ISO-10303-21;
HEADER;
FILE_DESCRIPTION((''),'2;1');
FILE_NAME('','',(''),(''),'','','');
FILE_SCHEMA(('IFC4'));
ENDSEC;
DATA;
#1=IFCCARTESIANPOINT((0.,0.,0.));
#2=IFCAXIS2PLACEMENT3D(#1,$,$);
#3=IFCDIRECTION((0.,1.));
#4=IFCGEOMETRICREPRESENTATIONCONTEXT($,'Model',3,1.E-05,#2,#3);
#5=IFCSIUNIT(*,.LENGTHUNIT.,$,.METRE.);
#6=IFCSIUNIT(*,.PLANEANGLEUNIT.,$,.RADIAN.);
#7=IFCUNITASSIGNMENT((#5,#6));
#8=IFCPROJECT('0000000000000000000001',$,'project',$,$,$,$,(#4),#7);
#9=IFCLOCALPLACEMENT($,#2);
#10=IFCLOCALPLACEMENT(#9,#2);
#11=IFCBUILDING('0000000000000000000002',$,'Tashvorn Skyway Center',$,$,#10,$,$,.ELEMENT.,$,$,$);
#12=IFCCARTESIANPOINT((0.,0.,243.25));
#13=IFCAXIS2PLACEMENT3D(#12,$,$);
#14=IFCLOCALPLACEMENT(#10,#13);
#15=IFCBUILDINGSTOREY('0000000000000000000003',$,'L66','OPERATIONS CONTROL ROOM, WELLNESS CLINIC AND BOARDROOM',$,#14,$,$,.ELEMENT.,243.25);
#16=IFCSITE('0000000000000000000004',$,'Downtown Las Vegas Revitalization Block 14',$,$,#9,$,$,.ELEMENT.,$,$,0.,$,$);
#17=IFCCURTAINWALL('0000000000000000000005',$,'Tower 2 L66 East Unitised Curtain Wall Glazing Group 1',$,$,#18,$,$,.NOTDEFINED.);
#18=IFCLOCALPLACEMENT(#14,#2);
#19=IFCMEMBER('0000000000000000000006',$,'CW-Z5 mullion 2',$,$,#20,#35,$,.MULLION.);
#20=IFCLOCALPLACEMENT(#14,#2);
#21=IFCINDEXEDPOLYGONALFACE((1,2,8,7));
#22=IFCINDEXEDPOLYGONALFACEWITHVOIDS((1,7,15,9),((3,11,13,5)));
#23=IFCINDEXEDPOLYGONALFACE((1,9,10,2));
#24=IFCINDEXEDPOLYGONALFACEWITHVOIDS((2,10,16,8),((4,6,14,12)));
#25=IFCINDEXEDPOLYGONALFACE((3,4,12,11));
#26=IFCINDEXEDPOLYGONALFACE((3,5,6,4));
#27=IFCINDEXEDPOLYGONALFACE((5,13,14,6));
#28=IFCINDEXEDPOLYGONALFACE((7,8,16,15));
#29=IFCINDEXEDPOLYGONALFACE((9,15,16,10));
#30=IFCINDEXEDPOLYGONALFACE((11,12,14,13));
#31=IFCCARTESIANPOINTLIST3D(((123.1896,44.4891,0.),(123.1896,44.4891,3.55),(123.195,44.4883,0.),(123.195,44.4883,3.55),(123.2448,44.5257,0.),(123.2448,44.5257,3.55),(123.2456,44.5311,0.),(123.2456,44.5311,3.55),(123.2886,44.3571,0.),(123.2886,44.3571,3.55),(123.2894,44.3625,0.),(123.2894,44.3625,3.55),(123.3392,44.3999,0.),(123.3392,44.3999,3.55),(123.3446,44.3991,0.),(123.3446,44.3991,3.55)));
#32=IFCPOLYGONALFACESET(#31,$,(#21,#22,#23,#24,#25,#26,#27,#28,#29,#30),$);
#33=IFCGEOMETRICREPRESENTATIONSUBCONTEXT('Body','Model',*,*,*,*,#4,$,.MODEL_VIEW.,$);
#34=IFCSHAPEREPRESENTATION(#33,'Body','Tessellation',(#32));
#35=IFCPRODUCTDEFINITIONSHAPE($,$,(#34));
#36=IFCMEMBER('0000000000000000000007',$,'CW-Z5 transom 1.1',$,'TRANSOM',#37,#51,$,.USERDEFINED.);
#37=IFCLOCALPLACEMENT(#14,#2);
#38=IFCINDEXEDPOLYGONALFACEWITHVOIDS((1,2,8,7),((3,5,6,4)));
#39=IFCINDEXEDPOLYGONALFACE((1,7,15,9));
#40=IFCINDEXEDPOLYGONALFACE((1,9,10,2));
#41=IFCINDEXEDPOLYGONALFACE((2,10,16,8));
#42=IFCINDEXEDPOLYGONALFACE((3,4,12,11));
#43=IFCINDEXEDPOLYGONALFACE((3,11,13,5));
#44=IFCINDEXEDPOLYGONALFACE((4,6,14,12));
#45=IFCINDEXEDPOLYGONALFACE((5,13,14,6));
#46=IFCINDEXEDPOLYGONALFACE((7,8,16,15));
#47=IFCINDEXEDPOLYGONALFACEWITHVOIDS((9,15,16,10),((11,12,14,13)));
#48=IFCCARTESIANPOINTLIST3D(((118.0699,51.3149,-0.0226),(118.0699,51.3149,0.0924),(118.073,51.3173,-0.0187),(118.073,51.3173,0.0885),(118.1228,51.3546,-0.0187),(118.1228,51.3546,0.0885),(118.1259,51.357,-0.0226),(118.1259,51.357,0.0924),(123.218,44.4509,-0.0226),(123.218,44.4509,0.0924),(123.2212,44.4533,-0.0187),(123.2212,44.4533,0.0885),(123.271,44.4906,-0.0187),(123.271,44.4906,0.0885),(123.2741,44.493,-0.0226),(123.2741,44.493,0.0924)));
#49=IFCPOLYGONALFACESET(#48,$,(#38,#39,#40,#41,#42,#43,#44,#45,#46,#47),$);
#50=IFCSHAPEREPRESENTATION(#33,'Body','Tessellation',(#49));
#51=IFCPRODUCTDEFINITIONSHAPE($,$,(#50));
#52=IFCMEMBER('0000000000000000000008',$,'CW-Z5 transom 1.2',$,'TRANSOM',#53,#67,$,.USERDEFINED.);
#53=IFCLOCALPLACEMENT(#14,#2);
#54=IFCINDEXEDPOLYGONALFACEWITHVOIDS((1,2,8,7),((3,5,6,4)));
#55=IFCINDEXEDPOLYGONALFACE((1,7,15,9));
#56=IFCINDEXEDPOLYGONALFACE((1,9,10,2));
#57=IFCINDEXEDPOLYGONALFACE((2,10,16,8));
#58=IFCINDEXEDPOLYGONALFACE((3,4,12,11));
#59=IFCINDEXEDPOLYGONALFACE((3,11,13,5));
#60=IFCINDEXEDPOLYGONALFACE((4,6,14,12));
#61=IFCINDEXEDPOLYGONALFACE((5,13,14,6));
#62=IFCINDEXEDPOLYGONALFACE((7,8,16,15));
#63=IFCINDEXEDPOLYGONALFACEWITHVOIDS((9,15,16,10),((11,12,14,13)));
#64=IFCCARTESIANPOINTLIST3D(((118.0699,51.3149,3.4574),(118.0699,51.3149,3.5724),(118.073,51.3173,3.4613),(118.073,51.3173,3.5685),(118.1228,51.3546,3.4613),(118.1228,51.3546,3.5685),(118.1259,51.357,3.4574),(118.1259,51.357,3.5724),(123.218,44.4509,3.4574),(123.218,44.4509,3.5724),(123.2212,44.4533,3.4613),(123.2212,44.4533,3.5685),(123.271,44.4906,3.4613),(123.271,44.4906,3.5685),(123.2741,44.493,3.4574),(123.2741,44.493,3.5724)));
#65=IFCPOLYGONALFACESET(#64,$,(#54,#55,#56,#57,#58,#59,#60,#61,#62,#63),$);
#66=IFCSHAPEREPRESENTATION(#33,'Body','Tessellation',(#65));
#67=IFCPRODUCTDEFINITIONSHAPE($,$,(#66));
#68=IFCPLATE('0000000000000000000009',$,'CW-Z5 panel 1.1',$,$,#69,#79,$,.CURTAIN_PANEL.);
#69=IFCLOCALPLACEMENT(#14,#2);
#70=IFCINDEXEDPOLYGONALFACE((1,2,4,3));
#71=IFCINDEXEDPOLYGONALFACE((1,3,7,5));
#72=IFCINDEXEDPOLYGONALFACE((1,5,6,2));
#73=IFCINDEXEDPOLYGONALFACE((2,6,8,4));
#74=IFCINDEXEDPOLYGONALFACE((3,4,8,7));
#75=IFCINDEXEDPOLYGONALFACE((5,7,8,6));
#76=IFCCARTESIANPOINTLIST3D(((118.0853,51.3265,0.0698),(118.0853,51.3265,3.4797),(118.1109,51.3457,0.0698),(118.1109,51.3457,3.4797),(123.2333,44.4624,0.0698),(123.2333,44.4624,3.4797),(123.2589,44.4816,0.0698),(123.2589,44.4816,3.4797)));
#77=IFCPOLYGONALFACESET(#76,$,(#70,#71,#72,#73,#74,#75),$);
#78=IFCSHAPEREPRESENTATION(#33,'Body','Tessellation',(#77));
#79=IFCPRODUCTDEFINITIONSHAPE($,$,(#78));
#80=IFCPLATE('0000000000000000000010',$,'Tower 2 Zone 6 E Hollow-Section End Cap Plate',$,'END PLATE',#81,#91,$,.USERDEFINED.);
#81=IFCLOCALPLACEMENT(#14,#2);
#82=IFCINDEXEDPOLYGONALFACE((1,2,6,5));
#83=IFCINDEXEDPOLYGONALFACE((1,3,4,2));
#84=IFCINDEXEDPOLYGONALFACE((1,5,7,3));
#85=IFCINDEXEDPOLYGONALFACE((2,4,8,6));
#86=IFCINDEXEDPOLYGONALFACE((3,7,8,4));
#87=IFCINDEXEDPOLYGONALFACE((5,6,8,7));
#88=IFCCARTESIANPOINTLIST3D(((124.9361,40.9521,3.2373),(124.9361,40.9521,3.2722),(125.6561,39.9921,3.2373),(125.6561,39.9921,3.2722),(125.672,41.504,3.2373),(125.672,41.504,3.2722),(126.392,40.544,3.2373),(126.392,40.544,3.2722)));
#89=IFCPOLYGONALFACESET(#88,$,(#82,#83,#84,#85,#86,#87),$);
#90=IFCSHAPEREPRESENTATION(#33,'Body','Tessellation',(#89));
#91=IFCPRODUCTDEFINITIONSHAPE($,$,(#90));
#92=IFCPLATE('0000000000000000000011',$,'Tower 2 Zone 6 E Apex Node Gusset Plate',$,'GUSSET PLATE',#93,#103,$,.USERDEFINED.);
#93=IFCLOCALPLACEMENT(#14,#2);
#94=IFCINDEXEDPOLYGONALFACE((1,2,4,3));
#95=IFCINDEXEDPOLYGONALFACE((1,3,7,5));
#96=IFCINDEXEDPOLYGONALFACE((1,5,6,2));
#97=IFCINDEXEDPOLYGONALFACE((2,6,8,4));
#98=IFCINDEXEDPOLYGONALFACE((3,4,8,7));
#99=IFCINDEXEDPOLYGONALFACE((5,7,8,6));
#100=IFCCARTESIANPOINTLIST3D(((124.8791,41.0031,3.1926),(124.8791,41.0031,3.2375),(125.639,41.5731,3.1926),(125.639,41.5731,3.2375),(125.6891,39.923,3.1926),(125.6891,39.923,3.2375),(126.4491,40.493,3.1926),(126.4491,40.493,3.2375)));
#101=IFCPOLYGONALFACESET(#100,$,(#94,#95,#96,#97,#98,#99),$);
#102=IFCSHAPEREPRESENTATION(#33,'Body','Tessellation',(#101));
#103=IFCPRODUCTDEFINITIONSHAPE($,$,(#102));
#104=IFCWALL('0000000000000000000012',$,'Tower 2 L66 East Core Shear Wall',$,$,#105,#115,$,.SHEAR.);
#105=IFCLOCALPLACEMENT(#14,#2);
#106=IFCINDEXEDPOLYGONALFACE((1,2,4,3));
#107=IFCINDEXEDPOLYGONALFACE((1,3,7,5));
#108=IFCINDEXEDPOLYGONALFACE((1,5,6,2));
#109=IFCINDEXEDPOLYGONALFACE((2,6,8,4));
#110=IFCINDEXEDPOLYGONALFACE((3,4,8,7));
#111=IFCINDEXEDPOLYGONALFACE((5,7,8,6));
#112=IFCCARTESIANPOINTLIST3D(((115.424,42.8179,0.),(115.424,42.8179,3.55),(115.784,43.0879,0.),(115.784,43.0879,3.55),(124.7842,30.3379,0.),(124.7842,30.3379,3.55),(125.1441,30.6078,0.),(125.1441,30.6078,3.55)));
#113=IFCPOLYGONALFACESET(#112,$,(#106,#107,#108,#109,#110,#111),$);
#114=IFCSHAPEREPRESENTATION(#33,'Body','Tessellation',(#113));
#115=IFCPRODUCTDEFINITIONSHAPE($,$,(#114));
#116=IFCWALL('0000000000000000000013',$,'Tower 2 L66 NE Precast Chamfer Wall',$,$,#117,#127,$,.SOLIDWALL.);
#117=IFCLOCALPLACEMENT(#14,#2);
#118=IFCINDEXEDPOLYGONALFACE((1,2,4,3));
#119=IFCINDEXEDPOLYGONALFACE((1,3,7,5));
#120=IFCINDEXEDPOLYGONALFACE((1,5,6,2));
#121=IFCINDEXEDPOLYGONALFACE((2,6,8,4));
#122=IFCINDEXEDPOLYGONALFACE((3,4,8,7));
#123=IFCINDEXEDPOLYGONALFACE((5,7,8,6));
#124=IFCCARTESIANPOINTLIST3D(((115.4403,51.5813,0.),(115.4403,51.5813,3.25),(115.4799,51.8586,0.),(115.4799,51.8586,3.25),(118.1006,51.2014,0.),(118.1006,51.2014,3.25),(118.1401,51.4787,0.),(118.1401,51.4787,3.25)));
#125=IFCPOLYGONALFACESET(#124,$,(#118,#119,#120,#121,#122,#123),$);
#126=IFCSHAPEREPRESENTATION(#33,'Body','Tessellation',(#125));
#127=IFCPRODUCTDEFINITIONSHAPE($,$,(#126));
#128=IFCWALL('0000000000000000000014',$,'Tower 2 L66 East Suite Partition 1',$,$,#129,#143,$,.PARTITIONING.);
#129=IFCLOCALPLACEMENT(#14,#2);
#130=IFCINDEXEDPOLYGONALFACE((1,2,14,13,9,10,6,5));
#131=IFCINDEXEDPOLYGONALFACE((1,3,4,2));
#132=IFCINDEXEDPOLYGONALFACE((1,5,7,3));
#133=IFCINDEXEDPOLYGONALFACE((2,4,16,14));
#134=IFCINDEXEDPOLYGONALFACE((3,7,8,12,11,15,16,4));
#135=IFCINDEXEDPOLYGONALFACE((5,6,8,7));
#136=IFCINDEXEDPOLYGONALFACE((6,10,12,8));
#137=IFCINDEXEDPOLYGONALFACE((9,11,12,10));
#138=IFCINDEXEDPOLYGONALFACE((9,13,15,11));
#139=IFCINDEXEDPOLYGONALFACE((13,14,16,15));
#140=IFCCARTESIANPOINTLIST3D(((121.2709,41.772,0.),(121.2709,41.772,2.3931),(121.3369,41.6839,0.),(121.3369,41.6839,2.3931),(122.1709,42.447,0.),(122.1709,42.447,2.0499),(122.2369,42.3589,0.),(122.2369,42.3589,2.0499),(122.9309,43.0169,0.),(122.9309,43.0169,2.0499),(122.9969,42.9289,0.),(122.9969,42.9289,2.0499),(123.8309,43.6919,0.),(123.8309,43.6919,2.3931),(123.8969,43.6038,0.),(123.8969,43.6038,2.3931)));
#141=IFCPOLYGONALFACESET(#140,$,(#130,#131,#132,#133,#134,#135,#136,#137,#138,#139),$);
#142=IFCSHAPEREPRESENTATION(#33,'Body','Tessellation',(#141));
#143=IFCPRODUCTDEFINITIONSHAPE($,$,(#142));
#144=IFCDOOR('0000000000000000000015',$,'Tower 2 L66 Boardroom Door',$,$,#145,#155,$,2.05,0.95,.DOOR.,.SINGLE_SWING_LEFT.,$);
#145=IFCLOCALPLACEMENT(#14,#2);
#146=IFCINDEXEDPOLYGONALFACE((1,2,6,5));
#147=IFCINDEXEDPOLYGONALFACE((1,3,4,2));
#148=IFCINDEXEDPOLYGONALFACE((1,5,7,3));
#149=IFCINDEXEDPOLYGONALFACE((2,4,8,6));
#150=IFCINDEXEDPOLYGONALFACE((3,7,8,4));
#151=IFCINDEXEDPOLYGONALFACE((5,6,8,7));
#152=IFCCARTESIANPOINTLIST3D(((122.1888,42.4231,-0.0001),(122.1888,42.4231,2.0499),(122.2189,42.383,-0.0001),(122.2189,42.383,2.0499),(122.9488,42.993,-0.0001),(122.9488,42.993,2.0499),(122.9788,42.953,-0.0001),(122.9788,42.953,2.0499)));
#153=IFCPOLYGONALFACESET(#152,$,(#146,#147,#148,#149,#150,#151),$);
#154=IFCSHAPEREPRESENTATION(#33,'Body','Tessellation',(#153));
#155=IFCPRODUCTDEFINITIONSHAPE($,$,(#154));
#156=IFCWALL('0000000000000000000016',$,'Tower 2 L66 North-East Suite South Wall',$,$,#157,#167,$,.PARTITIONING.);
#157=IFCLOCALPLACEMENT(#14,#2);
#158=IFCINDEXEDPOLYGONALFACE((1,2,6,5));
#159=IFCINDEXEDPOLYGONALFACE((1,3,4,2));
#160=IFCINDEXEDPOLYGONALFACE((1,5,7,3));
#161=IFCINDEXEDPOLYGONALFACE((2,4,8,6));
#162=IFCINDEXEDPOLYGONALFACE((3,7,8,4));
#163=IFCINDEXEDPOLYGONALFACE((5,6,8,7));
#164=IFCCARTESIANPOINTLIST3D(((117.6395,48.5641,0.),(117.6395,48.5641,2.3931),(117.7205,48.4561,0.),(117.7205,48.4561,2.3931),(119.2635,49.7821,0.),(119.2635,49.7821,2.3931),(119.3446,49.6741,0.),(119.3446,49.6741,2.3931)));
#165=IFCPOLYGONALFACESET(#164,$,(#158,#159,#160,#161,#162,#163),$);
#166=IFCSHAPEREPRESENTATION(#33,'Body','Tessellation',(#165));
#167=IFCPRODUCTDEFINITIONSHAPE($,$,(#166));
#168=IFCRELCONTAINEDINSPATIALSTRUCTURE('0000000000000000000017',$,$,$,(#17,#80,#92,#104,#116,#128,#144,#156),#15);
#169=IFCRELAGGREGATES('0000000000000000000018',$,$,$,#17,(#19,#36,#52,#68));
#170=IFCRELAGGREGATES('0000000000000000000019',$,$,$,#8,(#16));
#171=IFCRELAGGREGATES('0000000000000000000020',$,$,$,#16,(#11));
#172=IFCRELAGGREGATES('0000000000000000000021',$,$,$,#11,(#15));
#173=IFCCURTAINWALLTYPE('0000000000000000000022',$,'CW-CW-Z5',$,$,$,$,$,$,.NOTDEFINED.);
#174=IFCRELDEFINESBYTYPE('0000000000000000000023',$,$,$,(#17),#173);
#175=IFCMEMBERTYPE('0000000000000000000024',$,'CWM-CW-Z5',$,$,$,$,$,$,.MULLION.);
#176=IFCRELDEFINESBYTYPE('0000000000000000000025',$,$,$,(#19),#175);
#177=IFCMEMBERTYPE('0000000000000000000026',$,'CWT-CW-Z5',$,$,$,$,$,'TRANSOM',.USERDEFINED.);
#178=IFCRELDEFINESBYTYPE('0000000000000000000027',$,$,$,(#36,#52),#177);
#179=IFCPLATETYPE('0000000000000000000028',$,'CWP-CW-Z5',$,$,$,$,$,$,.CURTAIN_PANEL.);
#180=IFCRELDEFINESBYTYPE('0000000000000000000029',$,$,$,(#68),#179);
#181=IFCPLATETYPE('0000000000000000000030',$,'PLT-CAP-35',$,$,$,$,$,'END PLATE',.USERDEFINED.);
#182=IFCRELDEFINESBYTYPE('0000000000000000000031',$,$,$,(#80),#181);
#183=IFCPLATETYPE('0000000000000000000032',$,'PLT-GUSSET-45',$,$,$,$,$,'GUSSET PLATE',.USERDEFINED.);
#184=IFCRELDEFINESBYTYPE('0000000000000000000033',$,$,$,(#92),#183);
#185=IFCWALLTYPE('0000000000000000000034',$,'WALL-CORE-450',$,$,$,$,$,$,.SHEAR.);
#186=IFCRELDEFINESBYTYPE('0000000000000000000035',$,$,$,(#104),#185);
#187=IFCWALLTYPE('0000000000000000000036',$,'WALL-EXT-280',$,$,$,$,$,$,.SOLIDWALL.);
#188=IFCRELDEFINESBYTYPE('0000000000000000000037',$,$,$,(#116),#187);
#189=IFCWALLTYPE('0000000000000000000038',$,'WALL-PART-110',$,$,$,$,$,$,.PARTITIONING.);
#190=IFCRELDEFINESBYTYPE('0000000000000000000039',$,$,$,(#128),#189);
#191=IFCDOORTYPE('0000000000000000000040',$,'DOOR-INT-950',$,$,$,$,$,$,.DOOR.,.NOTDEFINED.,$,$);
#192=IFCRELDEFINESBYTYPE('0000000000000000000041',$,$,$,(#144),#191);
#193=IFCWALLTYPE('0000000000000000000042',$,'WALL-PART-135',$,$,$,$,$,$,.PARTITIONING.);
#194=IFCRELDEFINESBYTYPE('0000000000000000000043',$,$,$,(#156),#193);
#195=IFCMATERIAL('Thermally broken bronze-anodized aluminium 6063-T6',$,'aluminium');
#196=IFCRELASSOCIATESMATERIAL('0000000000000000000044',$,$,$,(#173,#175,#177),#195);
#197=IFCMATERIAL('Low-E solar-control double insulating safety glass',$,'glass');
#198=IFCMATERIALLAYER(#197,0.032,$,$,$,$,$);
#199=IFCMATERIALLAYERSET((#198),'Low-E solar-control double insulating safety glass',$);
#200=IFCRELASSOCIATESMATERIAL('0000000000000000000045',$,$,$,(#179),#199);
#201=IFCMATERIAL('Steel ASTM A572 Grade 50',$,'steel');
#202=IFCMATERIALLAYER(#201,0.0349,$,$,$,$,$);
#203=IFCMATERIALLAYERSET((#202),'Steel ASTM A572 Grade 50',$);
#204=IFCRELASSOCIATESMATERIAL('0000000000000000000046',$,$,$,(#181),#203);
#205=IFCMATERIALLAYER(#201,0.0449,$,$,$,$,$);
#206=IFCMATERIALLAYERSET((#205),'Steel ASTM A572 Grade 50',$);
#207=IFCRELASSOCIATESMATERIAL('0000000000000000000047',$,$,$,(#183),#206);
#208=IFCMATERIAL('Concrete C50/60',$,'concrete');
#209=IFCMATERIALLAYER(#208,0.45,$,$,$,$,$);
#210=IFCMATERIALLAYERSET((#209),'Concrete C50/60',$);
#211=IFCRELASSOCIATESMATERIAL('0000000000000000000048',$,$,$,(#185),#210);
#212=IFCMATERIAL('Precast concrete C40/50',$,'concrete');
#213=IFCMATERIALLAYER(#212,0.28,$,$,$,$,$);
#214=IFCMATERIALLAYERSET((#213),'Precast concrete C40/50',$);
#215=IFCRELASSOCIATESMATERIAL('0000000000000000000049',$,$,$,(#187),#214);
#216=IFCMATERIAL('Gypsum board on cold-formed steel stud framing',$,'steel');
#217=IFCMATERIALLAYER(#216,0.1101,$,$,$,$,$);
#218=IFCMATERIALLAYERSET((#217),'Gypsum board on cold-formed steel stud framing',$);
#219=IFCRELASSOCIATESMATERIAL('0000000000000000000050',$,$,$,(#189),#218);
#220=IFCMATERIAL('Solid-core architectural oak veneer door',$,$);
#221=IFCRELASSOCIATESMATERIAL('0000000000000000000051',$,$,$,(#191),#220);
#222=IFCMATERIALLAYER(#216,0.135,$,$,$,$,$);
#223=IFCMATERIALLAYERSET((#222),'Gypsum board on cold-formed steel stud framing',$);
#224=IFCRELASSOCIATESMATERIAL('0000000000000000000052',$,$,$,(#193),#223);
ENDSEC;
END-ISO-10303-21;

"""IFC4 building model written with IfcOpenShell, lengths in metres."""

from ifc_helpers import new_model, si_unit, direction, frame, frame_2d, origin, origin_2d, place, context, subcontext, project, spatial, rectangle, hollow_rectangle, extrude, material, layer, layer_set, material_profile, profile_set, type_object, element, fill, aggregate, save


model = new_model("IFC4")

# Units and contexts
model_context = context("Model", 3, precision=1e-05, world=origin(), true_north=direction((0.0, 1.0)))
body_context = subcontext(model_context, "Body", "Model", "MODEL_VIEW")
ifc_project = project(units=[si_unit("LENGTHUNIT", "METRE"), si_unit("PLANEANGLEUNIT", "RADIAN")], contexts=[model_context])

# Site, building, storey
site_placement = place(None, origin())
site = spatial("IfcSite", under=ifc_project, at=site_placement, Name="Downtown Las Vegas Revitalization Block 14", CompositionType="ELEMENT", RefElevation=0.0)
building_placement = place(site_placement, origin())
building = spatial("IfcBuilding", under=site, at=building_placement, Name="Tashvorn Skyway Center", CompositionType="ELEMENT")
storey_placement = place(building_placement, frame((0.0, 0.0, 243.25)))
storey = spatial("IfcBuildingStorey", under=building, at=storey_placement, Name="L66", Description="OPERATIONS CONTROL ROOM, WELLNESS CLINIC AND BOARDROOM", CompositionType="ELEMENT", Elevation=243.25)

# Shared definitions
ifc_material_1 = material(Name="Steel ASTM A572 Grade 50", Category="steel")

# Shared definitions
ifc_material_2 = material(Name="Thermally broken bronze-anodized aluminium 6063-T6", Category="aluminium")
curtain_wall_type = type_object("IfcCurtainWallType", Name="CW-CW-Z5", PredefinedType="NOTDEFINED", material=ifc_material_2)
ifc_material_profile_1 = material_profile(ifc_material_2, hollow_rectangle(XDim=0.0701, YDim=0.165, WallThickness=0.0039, at=origin_2d()), Name="ALU-MULL-70x165")
ifc_profile_set_1 = profile_set([ifc_material_profile_1], Name="Thermally broken bronze-anodized aluminium 6063-T6")
member_type_1 = type_object("IfcMemberType", Name="CWM-CW-Z5", PredefinedType="MULLION", material=ifc_profile_set_1)

# Curtain wall, members, plate
curtain_wall_1_placement = place(storey_placement, origin())
curtain_wall_1 = element("IfcCurtainWall", 1, at=curtain_wall_1_placement, inside=storey, type_object=curtain_wall_type, Name="Tower 2 L66 East Unitised Curtain Wall Glazing Group 1", PredefinedType="NOTDEFINED")
member_1_placement = place(storey_placement, frame((123.2671, 44.4441, 0.0), z_axis=(0.0, 0.0, 1.0), x_axis=(0.8, 0.6, 0.0)))
member_1 = element("IfcMember", 2, at=member_1_placement, type_object=member_type_1, Name="CW-Z5 mullion 2", PredefinedType="MULLION", context=body_context, shape_type="SweptSolid", body=[
    extrude(hollow_rectangle(XDim=0.0701, YDim=0.165, WallThickness=0.0039, at=origin_2d()), origin(), (0.0, 0.0, 1.0), 3.55),
])
ifc_material_profile_2 = material_profile(ifc_material_2, hollow_rectangle(XDim=0.0701, YDim=0.115, WallThickness=0.0039, at=origin_2d()), Name="ALU-TRAN-70x115")
ifc_profile_set_2 = profile_set([ifc_material_profile_2], Name="Thermally broken bronze-anodized aluminium 6063-T6")
member_type_2 = type_object("IfcMemberType", Name="CWT-CW-Z5", ElementType="TRANSOM", PredefinedType="USERDEFINED", material=ifc_profile_set_2)
member_2_placement = place(storey_placement, frame((118.0979, 51.3359, 0.0349), z_axis=(0.600014, -0.79999, 0.0), x_axis=(0.79999, 0.600014, 0.0)))
member_2 = element("IfcMember", 3, at=member_2_placement, type_object=member_type_2, Name="CW-Z5 transom 1.1", ObjectType="TRANSOM", PredefinedType="USERDEFINED", context=body_context, shape_type="SweptSolid", body=[
    extrude(hollow_rectangle(XDim=0.0701, YDim=0.115, WallThickness=0.0039, at=origin_2d()), origin(), (0.0, 0.0, 1.0), 8.5801),
])
member_3_placement = place(storey_placement, frame((118.0979, 51.3359, 3.5149), z_axis=(0.600014, -0.79999, 0.0), x_axis=(0.79999, 0.600014, 0.0)))
member_3 = element("IfcMember", 4, at=member_3_placement, type_object=member_type_2, Name="CW-Z5 transom 1.2", ObjectType="TRANSOM", PredefinedType="USERDEFINED", context=body_context, shape_type="SweptSolid", body=[
    extrude(hollow_rectangle(XDim=0.0701, YDim=0.115, WallThickness=0.0039, at=origin_2d()), origin(), (0.0, 0.0, 1.0), 8.5801),
])
ifc_material_3 = material(Name="Low-E solar-control double insulating safety glass", Category="glass")
ifc_layer_1 = layer(ifc_material_3, 0.032)
ifc_layer_set_1 = layer_set([ifc_layer_1], Name="Low-E solar-control double insulating safety glass")
plate_type_1 = type_object("IfcPlateType", Name="CWP-CW-Z5", PredefinedType="CURTAIN_PANEL", material=ifc_layer_set_1)
plate_1_placement = place(storey_placement, frame((120.6721, 47.9041, 0.0698), z_axis=(0.0, 0.0, 1.0), x_axis=(0.6, -0.8, 0.0)))
plate_1 = element("IfcPlate", 5, at=plate_1_placement, type_object=plate_type_1, Name="CW-Z5 panel 1.1", PredefinedType="CURTAIN_PANEL", context=body_context, shape_type="SweptSolid", body=[
    extrude(rectangle(XDim=8.5801, YDim=0.032, at=origin_2d()), origin(), (0.0, 0.0, 1.0), 3.4099),
])
aggregate(curtain_wall_1, [member_1, member_2, member_3, plate_1])

# Plates
ifc_layer_2 = layer(ifc_material_1, 0.0349)
ifc_layer_set_2 = layer_set([ifc_layer_2], Name="Steel ASTM A572 Grade 50")
plate_type_2 = type_object("IfcPlateType", Name="PLT-CAP-35", ElementType="END PLATE", PredefinedType="USERDEFINED", material=ifc_layer_set_2)
plate_2_placement = place(storey_placement, frame((125.6641, 40.748, 3.2373), z_axis=(0.0, 0.0, 1.0), x_axis=(-0.6, 0.8, 0.0)))
element("IfcPlate", 6, at=plate_2_placement, inside=storey, type_object=plate_type_2, Name="Tower 2 Zone 6 E Hollow-Section End Cap Plate", ObjectType="END PLATE", PredefinedType="USERDEFINED", context=body_context, shape_type="SweptSolid", body=[
    extrude(rectangle(XDim=1.2, YDim=0.9199, at=origin_2d()), origin(), (0.0, 0.0, 1.0), 0.0349),
])
ifc_layer_3 = layer(ifc_material_1, 0.0449)
ifc_layer_set_3 = layer_set([ifc_layer_3], Name="Steel ASTM A572 Grade 50")
plate_type_3 = type_object("IfcPlateType", Name="PLT-GUSSET-45", ElementType="GUSSET PLATE", PredefinedType="USERDEFINED", material=ifc_layer_set_3)
plate_3_placement = place(storey_placement, frame((125.6641, 40.748, 3.1926), z_axis=(0.0, 0.0, 1.0), x_axis=(-0.6, 0.8, 0.0)))
element("IfcPlate", 7, at=plate_3_placement, inside=storey, type_object=plate_type_3, Name="Tower 2 Zone 6 E Apex Node Gusset Plate", ObjectType="GUSSET PLATE", PredefinedType="USERDEFINED", context=body_context, shape_type="SweptSolid", body=[
    extrude(rectangle(XDim=1.3501, YDim=0.95, at=origin_2d()), origin(), (0.0, 0.0, 1.0), 0.0449),
])

# Walls
ifc_material_4 = material(Name="Concrete C50/60", Category="concrete")
ifc_layer_4 = layer(ifc_material_4, 0.45)
ifc_layer_set_4 = layer_set([ifc_layer_4], Name="Concrete C50/60")
wall_type_1 = type_object("IfcWallType", Name="WALL-CORE-450", PredefinedType="SHEAR", material=ifc_layer_set_4)
wall_1_placement = place(storey_placement, frame((115.604, 42.9529, 0.0), z_axis=(0.0, 0.0, 1.0), x_axis=(0.600005, -0.799996, 0.0)))
element("IfcWall", 8, at=wall_1_placement, inside=storey, type_object=wall_type_1, Name="Tower 2 L66 East Core Shear Wall", PredefinedType="SHEAR", context=body_context, shape_type="SweptSolid", body=[
    extrude(rectangle(XDim=15.6001, YDim=0.45, at=frame_2d((7.8, 0.0))), origin(), (0.0, 0.0, 1.0), 3.55),
])
ifc_material_5 = material(Name="Precast concrete C40/50", Category="concrete")
ifc_layer_5 = layer(ifc_material_5, 0.28)
ifc_layer_set_5 = layer_set([ifc_layer_5], Name="Precast concrete C40/50")
wall_type_2 = type_object("IfcWallType", Name="WALL-EXT-280", PredefinedType="SOLIDWALL", material=ifc_layer_set_5)
wall_2_placement = place(storey_placement, frame((115.46, 51.72, 0.0), z_axis=(0.0, 0.0, 1.0), x_axis=(0.989957, -0.14137, 0.0)))
element("IfcWall", 9, at=wall_2_placement, inside=storey, type_object=wall_type_2, Name="Tower 2 L66 NE Precast Chamfer Wall", PredefinedType="SOLIDWALL", context=body_context, shape_type="SweptSolid", body=[
    extrude(rectangle(XDim=2.6873, YDim=0.28, at=frame_2d((1.3438, 0.0))), origin(), (0.0, 0.0, 1.0), 3.25),
])

# Wall, opening, door
ifc_material_6 = material(Name="Gypsum board on cold-formed steel stud framing", Category="steel")
ifc_layer_6 = layer(ifc_material_6, 0.1101)
ifc_layer_set_6 = layer_set([ifc_layer_6], Name="Gypsum board on cold-formed steel stud framing")
wall_type_3 = type_object("IfcWallType", Name="WALL-PART-110", PredefinedType="PARTITIONING", material=ifc_layer_set_6)
wall_3_placement = place(storey_placement, frame((123.864, 43.6479, 0.0), z_axis=(0.0, 0.0, 1.0), x_axis=(-0.800018, -0.599976, 0.0)))
wall_3 = element("IfcWall", 10, at=wall_3_placement, inside=storey, type_object=wall_type_3, Name="Tower 2 L66 East Suite Partition 1", PredefinedType="PARTITIONING", context=body_context, shape_type="SweptSolid", body=[
    extrude(rectangle(XDim=3.2, YDim=0.1101, at=frame_2d((1.6001, 0.0))), origin(), (0.0, 0.0, 1.0), 2.3931),
])
opening_1_placement = place(wall_3_placement, frame((1.125, 0.0, 0.0)))
opening_1 = element("IfcOpeningElement", 11, at=opening_1_placement, cuts=wall_3, PredefinedType="OPENING", context=body_context, shape_type="SweptSolid", body=[
    extrude(rectangle(XDim=0.95, YDim=2.05, at=frame_2d((0.4751, 1.0249))), frame((0.0, 0.0649, 0.0), z_axis=(0.0, -1.0, 0.0), x_axis=(1.0, 0.0, 0.0)), (0.0, 0.0, 1.0), 0.1301),
])
ifc_material_7 = material(Name="Solid-core architectural oak veneer door")
door_type_1 = type_object("IfcDoorType", Name="DOOR-INT-950", OperationType="NOTDEFINED", PredefinedType="DOOR", material=ifc_material_7)
door_1_placement = place(opening_1_placement, origin())
door_1 = element("IfcDoor", 12, at=door_1_placement, inside=storey, type_object=door_type_1, Name="Tower 2 L66 Boardroom Door", OperationType="SINGLE_SWING_LEFT", OverallHeight=2.05, OverallWidth=0.95, PredefinedType="DOOR", context=body_context, shape_type="SweptSolid", body=[
    extrude(rectangle(XDim=0.95, YDim=2.05, at=frame_2d((0.4751, 1.0249))), frame((0.0, 0.0249, 0.0), z_axis=(0.0, -1.0, 0.0), x_axis=(1.0, 0.0, 0.0)), (0.0, 0.0, 1.0), 0.05),
])
fill(opening_1, door_1)

# Wall
ifc_layer_7 = layer(ifc_material_6, 0.135)
ifc_layer_set_7 = layer_set([ifc_layer_7], Name="Gypsum board on cold-formed steel stud framing")
wall_type_4 = type_object("IfcWallType", Name="WALL-PART-135", PredefinedType="PARTITIONING", material=ifc_layer_set_7)
wall_4_placement = place(storey_placement, frame((117.6799, 48.51, 0.0), z_axis=(0.0, 0.0, 1.0), x_axis=(0.8, 0.6, 0.0)))
element("IfcWall", 13, at=wall_4_placement, inside=storey, type_object=wall_type_4, Name="Tower 2 L66 North-East Suite South Wall", PredefinedType="PARTITIONING", context=body_context, shape_type="SweptSolid", body=[
    extrude(rectangle(XDim=2.03, YDim=0.135, at=frame_2d((1.0151, 0.0))), origin(), (0.0, 0.0, 1.0), 2.3931),
])

save(model, "model.ifc")
